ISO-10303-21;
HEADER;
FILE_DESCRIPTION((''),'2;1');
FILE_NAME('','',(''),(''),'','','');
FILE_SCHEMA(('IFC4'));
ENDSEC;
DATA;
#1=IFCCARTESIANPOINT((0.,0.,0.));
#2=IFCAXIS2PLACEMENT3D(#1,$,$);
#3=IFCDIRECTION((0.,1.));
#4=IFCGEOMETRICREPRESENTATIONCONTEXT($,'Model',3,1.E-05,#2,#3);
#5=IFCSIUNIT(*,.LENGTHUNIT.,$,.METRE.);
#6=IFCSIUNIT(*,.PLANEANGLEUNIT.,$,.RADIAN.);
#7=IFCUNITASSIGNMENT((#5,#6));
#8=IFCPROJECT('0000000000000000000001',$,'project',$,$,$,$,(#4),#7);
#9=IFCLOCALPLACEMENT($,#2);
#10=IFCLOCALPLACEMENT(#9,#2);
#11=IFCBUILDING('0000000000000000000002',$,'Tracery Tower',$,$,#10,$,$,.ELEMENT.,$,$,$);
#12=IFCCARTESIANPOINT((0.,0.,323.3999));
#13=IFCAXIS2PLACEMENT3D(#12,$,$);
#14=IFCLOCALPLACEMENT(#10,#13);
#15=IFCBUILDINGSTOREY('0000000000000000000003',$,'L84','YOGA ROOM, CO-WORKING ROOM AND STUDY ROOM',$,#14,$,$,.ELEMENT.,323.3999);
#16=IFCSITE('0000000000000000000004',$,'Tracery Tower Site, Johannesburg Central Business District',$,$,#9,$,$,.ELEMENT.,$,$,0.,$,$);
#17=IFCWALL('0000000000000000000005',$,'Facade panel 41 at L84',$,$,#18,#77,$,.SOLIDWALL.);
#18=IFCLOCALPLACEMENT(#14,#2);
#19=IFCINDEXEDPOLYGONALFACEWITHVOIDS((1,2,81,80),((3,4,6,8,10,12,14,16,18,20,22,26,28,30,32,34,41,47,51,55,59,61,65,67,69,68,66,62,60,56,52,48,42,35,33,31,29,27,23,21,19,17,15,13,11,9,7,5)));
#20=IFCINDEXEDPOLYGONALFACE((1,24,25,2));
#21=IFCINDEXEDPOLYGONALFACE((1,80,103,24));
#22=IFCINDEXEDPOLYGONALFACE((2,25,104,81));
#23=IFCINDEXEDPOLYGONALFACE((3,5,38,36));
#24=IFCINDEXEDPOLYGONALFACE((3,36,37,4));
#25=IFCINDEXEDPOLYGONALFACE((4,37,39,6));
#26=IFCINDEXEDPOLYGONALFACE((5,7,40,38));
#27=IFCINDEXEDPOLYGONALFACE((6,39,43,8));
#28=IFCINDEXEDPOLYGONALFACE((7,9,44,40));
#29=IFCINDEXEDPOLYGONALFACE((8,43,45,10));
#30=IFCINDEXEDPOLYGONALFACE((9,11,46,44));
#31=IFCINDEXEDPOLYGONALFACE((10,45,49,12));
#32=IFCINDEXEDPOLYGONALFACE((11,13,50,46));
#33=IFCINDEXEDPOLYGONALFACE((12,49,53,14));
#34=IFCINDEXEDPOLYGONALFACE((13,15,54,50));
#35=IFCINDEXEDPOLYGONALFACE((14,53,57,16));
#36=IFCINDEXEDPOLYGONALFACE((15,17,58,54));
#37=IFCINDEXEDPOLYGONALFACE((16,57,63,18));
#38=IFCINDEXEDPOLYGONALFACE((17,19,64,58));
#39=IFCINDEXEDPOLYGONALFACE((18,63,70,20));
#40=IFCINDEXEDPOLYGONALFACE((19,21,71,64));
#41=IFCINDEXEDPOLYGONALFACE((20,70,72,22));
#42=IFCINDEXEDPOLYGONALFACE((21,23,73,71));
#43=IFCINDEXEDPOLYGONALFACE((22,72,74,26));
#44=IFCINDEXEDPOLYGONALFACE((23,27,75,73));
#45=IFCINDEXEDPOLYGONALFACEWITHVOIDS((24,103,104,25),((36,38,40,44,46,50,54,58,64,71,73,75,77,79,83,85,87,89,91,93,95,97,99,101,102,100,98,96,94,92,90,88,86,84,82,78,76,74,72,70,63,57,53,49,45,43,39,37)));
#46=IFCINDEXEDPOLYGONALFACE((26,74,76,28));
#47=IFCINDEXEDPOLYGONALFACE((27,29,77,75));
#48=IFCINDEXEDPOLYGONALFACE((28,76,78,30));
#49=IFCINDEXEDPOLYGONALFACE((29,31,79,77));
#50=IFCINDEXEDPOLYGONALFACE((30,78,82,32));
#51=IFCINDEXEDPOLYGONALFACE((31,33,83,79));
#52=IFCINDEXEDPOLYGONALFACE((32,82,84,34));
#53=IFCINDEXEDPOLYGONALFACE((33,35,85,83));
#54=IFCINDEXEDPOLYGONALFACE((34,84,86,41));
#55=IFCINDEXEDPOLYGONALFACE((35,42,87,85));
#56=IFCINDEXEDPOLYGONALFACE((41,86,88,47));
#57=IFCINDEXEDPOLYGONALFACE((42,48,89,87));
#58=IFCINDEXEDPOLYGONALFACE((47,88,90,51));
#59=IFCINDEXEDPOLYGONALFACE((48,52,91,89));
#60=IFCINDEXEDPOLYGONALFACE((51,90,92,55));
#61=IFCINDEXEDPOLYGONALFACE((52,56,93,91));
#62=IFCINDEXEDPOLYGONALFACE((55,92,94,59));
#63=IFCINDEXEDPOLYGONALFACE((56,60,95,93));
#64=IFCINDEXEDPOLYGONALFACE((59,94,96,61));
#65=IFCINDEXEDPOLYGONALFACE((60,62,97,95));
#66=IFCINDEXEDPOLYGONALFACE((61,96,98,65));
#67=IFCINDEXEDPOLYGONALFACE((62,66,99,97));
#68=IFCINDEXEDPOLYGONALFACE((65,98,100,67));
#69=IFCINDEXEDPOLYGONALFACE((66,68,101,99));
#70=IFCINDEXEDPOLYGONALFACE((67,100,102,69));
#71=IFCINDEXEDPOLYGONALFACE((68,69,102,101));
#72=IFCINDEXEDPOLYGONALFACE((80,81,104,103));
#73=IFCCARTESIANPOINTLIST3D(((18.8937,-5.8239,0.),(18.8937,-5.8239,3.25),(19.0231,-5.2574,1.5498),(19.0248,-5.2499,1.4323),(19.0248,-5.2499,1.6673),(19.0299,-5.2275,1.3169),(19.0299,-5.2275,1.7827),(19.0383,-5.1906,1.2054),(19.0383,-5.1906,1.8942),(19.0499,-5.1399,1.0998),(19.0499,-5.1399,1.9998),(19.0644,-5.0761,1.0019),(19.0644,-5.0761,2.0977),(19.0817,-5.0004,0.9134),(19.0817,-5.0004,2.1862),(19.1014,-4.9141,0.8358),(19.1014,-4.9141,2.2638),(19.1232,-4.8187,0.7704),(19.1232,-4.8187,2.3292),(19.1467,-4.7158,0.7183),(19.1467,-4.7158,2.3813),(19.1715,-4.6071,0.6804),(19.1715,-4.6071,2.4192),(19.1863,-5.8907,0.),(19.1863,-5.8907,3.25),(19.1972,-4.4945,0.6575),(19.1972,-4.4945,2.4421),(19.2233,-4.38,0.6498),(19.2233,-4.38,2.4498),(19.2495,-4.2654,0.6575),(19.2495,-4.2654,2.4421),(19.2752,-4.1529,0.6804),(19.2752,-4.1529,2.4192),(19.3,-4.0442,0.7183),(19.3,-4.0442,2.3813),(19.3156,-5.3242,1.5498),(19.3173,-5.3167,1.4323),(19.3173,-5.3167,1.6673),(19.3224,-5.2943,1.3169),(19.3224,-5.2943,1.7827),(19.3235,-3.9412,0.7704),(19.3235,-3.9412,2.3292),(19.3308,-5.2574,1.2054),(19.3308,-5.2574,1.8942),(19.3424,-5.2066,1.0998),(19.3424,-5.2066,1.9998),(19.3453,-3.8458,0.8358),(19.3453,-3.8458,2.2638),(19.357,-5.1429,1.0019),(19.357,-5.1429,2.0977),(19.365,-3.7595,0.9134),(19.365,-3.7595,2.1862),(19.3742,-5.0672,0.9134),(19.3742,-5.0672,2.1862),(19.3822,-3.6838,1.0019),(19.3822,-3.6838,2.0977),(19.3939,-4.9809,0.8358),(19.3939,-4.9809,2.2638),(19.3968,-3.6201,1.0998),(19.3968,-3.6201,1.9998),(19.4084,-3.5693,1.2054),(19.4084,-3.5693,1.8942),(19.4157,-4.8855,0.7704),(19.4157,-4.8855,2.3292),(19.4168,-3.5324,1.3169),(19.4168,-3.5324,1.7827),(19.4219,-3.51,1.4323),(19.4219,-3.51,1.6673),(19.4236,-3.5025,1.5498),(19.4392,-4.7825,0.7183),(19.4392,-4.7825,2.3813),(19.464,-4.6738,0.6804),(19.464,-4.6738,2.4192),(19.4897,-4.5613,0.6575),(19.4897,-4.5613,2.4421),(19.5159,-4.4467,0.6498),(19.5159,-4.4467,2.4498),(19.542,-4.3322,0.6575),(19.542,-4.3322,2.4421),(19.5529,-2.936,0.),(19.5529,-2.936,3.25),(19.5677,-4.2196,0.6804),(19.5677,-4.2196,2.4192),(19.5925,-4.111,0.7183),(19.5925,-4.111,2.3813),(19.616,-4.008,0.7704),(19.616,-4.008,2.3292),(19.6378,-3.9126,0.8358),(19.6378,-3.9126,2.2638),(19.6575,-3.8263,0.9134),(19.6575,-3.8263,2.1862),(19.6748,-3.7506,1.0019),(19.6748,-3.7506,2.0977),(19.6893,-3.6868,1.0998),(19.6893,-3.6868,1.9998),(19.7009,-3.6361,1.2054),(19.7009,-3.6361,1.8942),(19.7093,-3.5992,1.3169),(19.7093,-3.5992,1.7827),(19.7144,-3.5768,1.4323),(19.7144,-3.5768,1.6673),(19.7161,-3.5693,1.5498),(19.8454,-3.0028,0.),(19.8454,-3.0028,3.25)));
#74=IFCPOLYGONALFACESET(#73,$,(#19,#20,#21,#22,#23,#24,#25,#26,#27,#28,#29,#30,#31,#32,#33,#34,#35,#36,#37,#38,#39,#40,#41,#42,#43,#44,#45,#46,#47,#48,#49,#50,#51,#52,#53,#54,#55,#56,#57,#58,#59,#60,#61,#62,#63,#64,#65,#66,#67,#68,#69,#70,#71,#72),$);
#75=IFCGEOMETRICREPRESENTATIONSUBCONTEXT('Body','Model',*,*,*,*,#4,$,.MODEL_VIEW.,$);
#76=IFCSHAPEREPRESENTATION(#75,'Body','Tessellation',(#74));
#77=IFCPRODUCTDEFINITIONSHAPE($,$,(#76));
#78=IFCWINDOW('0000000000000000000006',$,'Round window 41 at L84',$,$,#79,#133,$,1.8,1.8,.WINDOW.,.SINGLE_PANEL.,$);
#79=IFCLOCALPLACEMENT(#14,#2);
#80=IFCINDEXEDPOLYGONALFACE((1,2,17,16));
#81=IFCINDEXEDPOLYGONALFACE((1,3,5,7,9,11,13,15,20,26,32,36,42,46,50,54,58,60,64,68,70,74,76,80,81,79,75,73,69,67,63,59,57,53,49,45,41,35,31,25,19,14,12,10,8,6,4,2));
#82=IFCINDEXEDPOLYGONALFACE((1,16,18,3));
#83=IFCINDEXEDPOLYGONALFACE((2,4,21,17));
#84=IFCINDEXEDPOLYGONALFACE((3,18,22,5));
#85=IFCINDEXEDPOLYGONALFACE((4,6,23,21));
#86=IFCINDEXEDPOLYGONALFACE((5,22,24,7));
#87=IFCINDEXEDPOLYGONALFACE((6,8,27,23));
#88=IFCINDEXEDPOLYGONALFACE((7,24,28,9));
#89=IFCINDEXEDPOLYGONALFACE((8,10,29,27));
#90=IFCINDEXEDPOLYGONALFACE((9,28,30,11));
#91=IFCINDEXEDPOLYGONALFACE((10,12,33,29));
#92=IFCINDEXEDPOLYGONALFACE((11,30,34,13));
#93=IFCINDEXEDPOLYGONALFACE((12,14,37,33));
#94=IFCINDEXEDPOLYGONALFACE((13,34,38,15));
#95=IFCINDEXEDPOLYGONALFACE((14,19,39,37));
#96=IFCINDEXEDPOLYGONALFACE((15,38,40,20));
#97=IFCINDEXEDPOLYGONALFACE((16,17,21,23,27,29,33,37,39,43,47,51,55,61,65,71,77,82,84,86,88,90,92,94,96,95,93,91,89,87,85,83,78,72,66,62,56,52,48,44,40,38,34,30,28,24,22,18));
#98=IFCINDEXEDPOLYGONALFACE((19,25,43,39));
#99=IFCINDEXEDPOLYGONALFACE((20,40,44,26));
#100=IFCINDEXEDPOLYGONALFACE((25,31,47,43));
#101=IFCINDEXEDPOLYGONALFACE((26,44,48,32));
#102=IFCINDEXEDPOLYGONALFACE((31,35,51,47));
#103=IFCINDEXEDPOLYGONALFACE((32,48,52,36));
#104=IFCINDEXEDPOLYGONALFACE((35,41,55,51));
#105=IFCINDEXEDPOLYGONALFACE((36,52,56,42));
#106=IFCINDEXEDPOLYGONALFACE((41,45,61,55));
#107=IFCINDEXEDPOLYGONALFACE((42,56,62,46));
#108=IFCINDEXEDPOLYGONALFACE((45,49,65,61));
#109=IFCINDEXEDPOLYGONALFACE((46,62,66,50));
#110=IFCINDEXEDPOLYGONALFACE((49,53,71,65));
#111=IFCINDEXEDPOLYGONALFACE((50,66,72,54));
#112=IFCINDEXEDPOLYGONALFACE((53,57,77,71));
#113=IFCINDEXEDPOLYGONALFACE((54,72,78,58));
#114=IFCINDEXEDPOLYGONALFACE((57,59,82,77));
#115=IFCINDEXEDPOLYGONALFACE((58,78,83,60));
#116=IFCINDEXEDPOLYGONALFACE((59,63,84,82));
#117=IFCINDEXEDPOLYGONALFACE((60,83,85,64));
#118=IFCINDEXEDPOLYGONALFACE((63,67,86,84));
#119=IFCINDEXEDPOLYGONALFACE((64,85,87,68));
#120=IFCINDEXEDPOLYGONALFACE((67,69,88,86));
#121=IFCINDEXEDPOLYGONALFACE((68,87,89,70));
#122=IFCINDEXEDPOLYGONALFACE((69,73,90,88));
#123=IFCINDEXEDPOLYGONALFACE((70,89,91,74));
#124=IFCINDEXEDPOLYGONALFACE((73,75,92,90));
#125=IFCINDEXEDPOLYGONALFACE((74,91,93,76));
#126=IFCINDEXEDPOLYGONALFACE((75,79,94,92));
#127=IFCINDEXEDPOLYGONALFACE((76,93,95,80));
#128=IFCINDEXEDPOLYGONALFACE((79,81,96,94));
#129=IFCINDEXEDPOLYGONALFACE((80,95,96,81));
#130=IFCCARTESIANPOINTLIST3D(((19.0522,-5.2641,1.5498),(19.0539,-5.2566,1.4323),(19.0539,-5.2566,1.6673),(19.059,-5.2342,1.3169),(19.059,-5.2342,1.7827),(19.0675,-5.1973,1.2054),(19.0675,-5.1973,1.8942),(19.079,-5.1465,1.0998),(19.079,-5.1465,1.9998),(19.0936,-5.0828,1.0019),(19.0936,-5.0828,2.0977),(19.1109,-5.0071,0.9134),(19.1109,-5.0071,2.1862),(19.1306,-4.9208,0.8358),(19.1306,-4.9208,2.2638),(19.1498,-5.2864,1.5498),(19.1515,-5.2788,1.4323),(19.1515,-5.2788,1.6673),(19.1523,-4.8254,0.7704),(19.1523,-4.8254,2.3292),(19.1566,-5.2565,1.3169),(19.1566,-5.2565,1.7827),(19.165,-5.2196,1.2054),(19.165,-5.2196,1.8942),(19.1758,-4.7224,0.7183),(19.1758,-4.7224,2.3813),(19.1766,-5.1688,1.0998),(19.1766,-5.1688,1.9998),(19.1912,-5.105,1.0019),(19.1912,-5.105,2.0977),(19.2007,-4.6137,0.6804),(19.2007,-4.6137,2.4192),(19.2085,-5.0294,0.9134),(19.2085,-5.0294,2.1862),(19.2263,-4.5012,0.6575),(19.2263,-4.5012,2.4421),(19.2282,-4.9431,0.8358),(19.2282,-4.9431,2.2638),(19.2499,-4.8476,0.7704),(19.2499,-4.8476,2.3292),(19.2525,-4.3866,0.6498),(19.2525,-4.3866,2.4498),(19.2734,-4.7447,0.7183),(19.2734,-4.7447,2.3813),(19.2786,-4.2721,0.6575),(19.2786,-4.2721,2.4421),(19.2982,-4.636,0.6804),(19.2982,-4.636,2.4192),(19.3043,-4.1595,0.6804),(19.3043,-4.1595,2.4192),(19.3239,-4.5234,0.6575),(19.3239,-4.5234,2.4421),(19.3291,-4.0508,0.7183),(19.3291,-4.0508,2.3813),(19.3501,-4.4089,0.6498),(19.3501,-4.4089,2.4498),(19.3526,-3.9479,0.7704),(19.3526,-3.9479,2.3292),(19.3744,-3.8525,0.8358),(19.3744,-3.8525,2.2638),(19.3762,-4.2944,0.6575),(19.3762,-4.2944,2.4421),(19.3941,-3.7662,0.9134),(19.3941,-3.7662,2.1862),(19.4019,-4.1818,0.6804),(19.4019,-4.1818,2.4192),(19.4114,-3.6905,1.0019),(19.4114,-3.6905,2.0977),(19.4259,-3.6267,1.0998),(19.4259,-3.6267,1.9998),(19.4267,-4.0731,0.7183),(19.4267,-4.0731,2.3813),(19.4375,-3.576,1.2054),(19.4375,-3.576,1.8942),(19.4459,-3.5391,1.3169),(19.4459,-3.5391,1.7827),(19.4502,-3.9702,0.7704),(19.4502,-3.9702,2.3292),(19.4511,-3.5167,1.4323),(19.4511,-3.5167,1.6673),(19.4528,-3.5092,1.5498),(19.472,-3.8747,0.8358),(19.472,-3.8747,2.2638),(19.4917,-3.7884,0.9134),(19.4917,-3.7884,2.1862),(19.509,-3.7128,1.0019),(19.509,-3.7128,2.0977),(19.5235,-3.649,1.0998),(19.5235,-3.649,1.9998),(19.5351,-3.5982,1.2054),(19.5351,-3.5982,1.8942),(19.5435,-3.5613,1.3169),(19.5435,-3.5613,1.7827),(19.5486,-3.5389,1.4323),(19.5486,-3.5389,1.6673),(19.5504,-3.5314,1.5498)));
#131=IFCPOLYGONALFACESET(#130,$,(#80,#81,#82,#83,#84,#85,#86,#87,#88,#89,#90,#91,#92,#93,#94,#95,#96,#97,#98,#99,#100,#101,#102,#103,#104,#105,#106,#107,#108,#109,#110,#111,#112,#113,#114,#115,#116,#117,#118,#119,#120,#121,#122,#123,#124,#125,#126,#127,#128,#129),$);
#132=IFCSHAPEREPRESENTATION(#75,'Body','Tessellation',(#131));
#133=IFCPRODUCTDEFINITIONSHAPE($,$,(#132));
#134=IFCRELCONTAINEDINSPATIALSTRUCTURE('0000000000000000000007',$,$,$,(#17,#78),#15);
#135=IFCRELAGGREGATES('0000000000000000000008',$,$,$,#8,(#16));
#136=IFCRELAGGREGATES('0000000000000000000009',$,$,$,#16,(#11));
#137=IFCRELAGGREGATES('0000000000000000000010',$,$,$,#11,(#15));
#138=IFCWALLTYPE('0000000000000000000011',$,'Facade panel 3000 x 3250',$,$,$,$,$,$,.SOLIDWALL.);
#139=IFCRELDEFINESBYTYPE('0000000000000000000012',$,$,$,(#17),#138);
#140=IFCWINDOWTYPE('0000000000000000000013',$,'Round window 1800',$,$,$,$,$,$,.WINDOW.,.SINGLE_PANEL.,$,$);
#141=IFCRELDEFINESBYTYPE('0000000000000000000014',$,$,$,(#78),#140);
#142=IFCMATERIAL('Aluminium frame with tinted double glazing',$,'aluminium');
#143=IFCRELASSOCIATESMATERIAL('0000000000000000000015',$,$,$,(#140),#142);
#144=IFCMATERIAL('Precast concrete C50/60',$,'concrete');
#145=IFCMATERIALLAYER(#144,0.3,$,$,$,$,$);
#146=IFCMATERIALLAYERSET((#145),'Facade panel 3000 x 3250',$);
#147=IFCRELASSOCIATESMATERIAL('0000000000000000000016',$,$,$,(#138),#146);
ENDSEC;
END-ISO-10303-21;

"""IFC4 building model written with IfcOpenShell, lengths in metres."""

from ifc_helpers import new_model, si_unit, direction, frame, frame_2d, origin, origin_2d, place, context, subcontext, project, spatial, rectangle, circle, extrude, material, layer, layer_set, type_object, element, fill, save


model = new_model("IFC4")

# Units and contexts
model_context = context("Model", 3, precision=1e-05, world=origin(), true_north=direction((0.0, 1.0)))
body_context = subcontext(model_context, "Body", "Model", "MODEL_VIEW")
ifc_project = project(units=[si_unit("LENGTHUNIT", "METRE"), si_unit("PLANEANGLEUNIT", "RADIAN")], contexts=[model_context])

# Site, building, storey
site_placement = place(None, origin())
site = spatial("IfcSite", under=ifc_project, at=site_placement, Name="Tracery Tower Site, Johannesburg Central Business District", CompositionType="ELEMENT", RefElevation=0.0)
building_placement = place(site_placement, origin())
building = spatial("IfcBuilding", under=site, at=building_placement, Name="Tracery Tower", CompositionType="ELEMENT")
storey_placement = place(building_placement, frame((0.0, 0.0, 323.3999)))
storey = spatial("IfcBuildingStorey", under=building, at=storey_placement, Name="L84", Description="YOGA ROOM, CO-WORKING ROOM AND STUDY ROOM", CompositionType="ELEMENT", Elevation=323.3999)

# Wall, opening, window
ifc_material_1 = material(Name="Aluminium frame with tinted double glazing", Category="aluminium")
window_type = type_object("IfcWindowType", Name="Round window 1800", PartitioningType="SINGLE_PANEL", PredefinedType="WINDOW", material=ifc_material_1)
ifc_material_2 = material(Name="Precast concrete C50/60", Category="concrete")
ifc_layer_1 = layer(ifc_material_2, 0.3)
ifc_layer_set_1 = layer_set([ifc_layer_1], Name="Facade panel 3000 x 3250")
wall_type_1 = type_object("IfcWallType", Name="Facade panel 3000 x 3250", PredefinedType="SOLIDWALL", material=ifc_layer_set_1)
wall_1_placement = place(storey_placement, frame((19.04, -5.8572, 0.0), z_axis=(0.0, 0.0, 1.0), x_axis=(0.222529, 0.974926, 0.0)))
wall_1 = element("IfcWall", 1, at=wall_1_placement, inside=storey, type_object=wall_type_1, Name="Facade panel 41 at L84", PredefinedType="SOLIDWALL", context=body_context, shape_type="SweptSolid", body=[
    extrude(rectangle(XDim=2.9622, YDim=0.3, at=frame_2d((1.481, 0.0))), origin(), (0.0, 0.0, 1.0), 3.25),
])
opening_1_placement = place(wall_1_placement, frame((1.481, 0.0, 1.5498)))
opening_1 = element("IfcOpeningElement", 2, at=opening_1_placement, cuts=wall_1, PredefinedType="OPENING", context=body_context, shape_type="SweptSolid", body=[
    extrude(circle(Radius=0.9, at=origin_2d()), frame((0.0, 0.1599, 0.0), z_axis=(0.0, -1.0, 0.0), x_axis=(1.0, 0.0, 0.0)), (0.0, 0.0, 1.0), 0.3201),
])
window_1_placement = place(opening_1_placement, origin())
window_1 = element("IfcWindow", 3, at=window_1_placement, inside=storey, type_object=window_type, Name="Round window 41 at L84", OverallHeight=1.8, OverallWidth=1.8, PartitioningType="SINGLE_PANEL", PredefinedType="WINDOW", context=body_context, shape_type="SweptSolid", body=[
    extrude(circle(Radius=0.9, at=origin_2d()), frame((0.0, 0.1201, 0.0), z_axis=(0.0, -1.0, 0.0), x_axis=(1.0, 0.0, 0.0)), (0.0, 0.0, 1.0), 0.1001),
])
fill(opening_1, window_1)

save(model, "model.ifc")
